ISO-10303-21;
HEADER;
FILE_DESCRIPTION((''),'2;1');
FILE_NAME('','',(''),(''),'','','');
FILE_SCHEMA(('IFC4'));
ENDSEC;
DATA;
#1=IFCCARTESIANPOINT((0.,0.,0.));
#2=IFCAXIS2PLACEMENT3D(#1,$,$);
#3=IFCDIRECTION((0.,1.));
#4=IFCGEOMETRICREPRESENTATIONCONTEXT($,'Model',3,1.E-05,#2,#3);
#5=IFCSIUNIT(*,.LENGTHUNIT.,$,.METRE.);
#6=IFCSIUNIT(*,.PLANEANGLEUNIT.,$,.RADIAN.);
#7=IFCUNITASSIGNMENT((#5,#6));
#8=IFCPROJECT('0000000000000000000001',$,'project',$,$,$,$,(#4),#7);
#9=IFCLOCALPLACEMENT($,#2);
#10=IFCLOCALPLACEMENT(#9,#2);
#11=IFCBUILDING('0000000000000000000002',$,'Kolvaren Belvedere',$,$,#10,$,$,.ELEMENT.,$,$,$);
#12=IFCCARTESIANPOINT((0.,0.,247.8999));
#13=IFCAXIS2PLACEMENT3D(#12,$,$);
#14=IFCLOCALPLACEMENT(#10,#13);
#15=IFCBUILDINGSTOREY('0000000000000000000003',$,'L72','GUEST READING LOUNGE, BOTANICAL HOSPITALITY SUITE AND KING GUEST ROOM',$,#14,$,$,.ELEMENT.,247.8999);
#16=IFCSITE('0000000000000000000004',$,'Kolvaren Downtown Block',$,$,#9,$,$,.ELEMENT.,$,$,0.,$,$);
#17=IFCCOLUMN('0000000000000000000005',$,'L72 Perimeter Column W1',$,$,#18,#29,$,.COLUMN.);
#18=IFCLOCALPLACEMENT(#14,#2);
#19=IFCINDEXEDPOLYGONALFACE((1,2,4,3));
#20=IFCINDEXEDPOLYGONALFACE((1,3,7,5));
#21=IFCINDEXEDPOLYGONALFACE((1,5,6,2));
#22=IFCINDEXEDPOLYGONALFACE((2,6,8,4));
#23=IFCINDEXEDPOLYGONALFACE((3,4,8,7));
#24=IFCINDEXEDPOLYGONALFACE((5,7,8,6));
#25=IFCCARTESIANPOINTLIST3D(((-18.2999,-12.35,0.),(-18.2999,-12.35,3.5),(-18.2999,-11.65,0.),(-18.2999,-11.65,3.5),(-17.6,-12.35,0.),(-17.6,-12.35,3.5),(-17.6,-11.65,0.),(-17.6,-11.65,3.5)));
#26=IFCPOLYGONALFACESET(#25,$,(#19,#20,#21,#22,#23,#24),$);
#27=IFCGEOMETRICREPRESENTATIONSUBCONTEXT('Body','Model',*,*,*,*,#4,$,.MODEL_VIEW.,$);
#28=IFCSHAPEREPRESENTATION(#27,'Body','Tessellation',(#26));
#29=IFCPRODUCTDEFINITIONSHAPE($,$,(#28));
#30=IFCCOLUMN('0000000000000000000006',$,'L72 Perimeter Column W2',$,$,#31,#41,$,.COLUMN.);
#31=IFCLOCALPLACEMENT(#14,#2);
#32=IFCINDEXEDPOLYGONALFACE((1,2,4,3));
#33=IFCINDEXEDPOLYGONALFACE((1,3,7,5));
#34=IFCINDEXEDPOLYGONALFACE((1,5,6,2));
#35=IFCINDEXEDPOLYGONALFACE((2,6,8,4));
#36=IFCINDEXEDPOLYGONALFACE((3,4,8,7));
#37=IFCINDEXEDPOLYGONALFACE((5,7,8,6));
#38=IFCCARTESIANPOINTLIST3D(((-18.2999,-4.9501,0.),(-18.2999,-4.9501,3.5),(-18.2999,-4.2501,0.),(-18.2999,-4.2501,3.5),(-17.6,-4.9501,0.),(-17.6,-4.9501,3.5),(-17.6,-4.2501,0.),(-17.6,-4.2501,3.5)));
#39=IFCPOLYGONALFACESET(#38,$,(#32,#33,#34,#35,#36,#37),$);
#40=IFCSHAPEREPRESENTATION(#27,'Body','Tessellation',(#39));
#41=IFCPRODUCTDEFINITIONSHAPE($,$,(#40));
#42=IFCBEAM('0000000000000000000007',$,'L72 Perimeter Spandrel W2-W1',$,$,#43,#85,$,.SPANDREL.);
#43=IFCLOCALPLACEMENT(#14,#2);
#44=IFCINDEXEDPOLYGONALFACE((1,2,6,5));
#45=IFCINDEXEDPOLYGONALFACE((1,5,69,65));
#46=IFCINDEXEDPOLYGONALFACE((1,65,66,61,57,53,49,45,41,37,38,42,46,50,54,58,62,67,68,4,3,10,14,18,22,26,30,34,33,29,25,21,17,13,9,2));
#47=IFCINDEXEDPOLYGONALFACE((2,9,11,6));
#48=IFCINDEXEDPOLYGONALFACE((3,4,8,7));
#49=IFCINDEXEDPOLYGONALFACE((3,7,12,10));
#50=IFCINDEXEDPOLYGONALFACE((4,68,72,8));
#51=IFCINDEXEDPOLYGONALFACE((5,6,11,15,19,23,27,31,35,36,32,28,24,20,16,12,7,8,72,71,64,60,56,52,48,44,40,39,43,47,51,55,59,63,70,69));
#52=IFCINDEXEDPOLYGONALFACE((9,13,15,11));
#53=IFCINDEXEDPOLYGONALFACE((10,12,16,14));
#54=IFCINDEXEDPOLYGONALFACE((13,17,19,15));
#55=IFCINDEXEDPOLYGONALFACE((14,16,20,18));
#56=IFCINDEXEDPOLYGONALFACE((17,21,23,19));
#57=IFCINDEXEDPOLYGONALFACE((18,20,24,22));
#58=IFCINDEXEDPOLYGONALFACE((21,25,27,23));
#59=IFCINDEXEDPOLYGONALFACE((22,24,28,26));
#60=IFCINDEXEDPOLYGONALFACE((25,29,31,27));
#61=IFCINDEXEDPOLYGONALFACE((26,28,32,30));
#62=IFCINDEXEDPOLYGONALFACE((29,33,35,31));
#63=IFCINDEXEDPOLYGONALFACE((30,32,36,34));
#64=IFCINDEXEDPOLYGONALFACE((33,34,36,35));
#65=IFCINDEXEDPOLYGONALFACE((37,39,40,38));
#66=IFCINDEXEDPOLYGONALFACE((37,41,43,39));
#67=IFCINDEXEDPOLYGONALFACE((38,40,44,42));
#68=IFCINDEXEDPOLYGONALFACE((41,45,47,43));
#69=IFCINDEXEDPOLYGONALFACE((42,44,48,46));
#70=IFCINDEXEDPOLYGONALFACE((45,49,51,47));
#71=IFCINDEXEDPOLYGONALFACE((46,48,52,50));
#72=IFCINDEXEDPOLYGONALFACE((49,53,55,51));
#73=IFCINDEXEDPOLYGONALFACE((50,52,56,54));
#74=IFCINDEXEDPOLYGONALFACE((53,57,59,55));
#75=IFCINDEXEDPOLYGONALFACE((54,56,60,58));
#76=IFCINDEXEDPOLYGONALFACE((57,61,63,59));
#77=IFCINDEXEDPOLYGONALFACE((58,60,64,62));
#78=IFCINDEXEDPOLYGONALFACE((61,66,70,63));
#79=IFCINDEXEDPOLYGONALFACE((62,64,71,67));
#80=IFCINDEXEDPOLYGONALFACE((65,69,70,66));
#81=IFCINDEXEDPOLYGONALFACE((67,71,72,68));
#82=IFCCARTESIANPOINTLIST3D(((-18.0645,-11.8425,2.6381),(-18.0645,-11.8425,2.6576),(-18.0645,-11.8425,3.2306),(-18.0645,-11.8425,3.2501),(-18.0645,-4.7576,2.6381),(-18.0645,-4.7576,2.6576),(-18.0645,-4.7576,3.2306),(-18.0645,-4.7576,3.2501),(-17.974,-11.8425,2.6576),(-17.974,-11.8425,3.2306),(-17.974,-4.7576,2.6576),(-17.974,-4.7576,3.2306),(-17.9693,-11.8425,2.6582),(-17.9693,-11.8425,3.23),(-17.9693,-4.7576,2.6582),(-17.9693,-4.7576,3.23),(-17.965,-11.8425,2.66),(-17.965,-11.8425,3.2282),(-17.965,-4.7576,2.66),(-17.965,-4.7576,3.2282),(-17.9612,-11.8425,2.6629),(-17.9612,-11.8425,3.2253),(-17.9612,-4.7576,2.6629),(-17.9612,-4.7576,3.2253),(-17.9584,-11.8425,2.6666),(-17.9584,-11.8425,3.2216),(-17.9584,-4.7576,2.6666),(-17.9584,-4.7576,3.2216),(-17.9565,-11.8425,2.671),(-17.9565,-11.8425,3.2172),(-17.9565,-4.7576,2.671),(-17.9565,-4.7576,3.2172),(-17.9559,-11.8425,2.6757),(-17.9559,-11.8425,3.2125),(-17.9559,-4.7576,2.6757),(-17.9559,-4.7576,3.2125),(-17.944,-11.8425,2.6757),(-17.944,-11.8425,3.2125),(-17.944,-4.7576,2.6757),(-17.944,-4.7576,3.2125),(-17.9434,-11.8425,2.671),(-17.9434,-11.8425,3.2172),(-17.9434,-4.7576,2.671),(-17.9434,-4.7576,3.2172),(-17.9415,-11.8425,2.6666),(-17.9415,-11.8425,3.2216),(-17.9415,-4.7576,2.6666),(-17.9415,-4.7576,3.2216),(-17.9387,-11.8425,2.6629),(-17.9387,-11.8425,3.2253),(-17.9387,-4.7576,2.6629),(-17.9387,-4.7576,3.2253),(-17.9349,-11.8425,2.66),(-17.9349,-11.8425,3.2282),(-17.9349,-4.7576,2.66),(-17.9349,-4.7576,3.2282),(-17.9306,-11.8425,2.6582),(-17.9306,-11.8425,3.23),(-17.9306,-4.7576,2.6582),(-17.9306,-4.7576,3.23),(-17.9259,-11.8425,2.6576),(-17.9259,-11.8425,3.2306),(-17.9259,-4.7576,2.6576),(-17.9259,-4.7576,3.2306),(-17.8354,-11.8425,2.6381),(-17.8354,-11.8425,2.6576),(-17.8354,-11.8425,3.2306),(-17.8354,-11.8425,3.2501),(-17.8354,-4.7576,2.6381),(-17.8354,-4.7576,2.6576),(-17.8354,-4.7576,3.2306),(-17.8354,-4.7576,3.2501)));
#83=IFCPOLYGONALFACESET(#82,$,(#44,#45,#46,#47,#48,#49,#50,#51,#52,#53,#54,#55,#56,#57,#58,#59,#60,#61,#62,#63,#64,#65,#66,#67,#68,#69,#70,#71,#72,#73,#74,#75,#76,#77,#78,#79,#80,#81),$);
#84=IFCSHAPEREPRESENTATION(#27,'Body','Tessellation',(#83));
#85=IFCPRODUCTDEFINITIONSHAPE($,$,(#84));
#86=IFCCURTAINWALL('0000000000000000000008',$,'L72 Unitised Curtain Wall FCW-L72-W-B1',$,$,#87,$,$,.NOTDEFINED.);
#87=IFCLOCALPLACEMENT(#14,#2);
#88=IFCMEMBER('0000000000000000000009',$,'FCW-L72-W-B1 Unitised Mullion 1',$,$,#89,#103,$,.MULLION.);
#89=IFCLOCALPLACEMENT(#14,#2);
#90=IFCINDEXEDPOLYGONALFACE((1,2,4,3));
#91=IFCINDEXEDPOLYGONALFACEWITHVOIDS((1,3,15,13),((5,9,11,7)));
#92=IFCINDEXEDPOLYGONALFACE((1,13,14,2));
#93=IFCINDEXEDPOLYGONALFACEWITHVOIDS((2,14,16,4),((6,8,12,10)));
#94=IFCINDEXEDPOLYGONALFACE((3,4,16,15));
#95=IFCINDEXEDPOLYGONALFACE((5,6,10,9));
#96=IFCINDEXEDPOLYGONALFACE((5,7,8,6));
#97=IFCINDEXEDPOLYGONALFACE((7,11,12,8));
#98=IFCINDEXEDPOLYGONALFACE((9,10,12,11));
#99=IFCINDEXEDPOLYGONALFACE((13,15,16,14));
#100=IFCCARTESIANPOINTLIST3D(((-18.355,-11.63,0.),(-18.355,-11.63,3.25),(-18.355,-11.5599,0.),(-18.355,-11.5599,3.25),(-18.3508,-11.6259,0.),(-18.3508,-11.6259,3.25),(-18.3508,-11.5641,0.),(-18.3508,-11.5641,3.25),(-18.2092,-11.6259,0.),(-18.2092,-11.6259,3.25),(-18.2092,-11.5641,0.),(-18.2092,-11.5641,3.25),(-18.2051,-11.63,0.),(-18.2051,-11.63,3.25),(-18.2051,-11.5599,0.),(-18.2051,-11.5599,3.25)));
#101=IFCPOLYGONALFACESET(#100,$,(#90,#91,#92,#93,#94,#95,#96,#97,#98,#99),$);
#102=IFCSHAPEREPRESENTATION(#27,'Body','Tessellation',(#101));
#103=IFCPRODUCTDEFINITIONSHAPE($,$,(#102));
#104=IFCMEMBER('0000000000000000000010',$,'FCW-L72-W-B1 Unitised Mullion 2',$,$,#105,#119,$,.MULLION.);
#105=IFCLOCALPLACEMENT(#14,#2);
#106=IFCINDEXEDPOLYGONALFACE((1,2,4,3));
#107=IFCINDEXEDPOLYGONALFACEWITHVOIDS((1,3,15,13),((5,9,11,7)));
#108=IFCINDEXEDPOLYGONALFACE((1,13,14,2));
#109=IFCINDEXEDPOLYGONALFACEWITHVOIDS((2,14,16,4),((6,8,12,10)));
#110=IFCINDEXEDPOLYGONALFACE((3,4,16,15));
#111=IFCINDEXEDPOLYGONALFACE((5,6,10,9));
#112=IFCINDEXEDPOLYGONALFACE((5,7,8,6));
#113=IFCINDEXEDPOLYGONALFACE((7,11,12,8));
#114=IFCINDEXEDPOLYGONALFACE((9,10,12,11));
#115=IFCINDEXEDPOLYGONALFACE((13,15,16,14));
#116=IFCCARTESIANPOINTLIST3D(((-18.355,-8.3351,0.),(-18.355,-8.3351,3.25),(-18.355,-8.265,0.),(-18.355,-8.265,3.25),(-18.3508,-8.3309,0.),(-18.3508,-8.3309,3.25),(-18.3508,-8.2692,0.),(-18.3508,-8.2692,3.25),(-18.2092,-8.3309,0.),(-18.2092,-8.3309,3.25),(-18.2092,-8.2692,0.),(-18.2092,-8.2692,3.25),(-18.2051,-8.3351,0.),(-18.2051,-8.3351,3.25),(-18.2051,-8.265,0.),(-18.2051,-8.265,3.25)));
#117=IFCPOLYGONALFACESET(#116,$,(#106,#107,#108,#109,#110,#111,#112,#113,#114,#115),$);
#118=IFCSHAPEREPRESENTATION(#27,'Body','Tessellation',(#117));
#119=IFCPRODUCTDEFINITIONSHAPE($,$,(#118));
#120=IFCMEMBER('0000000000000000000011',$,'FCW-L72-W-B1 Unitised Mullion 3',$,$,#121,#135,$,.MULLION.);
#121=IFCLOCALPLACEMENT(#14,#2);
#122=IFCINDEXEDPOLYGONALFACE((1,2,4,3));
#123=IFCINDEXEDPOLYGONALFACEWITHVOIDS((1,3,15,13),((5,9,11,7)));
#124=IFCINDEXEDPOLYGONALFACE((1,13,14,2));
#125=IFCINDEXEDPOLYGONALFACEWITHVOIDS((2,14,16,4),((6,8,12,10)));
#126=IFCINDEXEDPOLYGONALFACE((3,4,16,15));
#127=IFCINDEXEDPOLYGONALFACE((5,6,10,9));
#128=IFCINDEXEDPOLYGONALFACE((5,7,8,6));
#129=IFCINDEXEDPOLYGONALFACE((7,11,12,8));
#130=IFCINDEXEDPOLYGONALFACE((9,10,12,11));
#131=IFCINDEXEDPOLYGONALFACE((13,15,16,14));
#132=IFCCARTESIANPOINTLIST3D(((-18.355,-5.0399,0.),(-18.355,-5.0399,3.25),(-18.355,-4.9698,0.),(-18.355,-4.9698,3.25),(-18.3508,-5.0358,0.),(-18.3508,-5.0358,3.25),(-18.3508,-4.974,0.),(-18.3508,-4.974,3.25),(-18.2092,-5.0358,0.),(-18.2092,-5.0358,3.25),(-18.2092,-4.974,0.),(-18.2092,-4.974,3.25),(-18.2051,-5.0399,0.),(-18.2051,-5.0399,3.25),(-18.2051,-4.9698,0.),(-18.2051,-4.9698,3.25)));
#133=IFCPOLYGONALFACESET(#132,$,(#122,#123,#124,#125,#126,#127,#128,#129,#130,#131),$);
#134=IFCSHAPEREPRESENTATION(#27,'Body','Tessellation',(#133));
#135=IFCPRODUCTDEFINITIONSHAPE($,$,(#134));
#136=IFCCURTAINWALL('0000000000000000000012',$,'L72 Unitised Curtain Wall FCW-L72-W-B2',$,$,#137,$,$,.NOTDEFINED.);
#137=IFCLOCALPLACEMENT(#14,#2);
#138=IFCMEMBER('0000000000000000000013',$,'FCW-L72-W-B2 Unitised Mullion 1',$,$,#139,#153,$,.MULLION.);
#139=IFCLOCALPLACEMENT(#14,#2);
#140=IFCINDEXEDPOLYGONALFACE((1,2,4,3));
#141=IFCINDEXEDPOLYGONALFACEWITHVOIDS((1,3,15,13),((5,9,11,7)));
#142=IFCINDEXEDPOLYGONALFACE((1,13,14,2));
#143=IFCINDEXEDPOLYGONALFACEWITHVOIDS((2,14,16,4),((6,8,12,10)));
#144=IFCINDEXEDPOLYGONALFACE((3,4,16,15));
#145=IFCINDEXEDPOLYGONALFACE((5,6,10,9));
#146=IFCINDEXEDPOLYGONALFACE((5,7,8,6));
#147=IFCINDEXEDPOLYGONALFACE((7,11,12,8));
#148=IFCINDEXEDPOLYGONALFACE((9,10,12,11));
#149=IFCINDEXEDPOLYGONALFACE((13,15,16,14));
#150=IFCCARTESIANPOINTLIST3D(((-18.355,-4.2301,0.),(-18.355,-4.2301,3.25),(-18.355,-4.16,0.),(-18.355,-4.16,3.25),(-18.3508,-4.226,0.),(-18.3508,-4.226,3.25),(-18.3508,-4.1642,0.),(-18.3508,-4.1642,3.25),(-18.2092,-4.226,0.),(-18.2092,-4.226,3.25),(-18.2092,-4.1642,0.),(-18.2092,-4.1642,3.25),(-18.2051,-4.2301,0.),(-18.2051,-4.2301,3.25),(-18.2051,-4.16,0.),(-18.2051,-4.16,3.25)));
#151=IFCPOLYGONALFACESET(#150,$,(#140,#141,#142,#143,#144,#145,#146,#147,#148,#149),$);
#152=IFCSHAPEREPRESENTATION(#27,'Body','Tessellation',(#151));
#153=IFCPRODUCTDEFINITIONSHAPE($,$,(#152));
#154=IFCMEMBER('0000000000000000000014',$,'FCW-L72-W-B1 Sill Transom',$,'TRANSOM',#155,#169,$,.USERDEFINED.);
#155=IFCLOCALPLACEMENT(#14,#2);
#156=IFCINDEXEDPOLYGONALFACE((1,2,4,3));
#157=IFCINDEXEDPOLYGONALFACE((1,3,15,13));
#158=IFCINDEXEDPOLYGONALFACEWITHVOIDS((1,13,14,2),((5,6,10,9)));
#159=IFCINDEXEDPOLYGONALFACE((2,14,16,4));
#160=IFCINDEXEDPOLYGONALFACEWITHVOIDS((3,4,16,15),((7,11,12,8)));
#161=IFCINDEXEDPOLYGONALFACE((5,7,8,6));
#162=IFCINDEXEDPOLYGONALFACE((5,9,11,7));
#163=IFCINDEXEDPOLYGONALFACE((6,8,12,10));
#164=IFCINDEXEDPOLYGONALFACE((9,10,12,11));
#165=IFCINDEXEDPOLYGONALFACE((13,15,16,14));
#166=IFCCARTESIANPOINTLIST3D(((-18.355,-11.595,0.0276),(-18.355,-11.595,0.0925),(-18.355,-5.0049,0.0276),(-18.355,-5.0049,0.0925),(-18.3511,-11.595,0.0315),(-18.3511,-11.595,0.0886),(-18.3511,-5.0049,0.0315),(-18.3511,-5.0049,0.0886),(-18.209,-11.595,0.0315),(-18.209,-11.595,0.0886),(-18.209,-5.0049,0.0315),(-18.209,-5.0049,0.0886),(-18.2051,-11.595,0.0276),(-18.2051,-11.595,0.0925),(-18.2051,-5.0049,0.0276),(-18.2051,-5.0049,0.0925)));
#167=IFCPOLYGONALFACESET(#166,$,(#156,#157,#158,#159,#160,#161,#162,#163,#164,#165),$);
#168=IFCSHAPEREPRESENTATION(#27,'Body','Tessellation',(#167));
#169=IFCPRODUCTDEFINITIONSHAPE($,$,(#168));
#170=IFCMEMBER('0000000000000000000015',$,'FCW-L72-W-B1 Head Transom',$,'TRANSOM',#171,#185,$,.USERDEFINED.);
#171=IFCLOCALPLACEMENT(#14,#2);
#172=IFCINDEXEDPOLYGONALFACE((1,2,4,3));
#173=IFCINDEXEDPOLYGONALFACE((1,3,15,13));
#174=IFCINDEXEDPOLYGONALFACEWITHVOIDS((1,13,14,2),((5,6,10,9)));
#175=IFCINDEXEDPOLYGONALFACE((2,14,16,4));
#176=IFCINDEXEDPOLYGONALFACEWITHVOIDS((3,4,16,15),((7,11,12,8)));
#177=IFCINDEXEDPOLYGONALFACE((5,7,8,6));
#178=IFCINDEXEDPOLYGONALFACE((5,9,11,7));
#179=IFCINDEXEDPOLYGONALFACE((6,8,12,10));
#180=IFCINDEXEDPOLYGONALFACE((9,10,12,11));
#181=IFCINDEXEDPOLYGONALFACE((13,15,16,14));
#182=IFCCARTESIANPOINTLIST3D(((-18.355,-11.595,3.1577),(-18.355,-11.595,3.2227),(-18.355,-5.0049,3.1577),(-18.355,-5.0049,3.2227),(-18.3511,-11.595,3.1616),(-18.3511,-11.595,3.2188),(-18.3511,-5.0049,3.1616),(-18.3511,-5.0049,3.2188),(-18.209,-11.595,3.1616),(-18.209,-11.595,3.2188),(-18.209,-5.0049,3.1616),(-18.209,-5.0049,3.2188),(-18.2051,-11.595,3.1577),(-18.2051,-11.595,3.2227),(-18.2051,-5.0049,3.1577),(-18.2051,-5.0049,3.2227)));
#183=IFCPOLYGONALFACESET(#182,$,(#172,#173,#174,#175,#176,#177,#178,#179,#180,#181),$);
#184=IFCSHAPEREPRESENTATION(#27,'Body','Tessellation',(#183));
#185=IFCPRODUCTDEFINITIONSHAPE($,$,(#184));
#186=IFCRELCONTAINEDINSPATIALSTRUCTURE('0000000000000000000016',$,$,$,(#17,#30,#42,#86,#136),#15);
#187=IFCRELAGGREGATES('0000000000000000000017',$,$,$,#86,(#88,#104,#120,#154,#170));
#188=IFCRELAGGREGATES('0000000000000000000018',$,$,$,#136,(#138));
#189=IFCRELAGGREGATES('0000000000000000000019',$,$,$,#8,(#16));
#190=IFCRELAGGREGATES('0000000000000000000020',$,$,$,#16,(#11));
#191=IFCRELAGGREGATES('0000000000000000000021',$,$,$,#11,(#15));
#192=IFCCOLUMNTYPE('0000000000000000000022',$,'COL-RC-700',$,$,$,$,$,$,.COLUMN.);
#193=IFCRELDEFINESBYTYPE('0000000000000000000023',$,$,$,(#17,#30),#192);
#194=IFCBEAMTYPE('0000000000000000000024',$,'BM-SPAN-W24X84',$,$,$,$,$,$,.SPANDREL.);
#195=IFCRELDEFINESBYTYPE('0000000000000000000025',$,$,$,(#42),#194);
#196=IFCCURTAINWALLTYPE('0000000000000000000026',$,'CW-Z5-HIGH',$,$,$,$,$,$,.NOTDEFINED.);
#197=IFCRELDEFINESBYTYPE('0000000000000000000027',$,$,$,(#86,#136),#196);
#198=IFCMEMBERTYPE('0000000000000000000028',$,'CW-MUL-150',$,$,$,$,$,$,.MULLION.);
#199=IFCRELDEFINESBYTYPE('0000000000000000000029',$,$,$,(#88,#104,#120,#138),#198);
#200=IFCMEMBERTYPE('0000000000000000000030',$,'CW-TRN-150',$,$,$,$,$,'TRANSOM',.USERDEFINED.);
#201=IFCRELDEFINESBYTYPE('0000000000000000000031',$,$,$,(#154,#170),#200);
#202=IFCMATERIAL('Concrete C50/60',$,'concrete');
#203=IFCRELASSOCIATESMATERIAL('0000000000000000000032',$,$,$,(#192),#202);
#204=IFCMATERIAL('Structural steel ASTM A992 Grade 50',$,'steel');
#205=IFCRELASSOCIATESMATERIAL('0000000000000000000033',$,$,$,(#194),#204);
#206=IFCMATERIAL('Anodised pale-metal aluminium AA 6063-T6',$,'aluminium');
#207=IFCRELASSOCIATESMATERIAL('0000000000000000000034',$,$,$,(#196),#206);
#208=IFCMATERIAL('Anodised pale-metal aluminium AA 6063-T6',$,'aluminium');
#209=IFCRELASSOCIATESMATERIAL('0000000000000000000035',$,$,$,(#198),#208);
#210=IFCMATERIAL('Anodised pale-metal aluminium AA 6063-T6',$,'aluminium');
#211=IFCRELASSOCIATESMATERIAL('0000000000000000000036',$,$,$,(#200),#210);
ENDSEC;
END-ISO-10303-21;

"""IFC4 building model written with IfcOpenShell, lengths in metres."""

from ifc_helpers import new_model, si_unit, direction, frame, origin, origin_2d, place, context, subcontext, project, spatial, rectangle, hollow_rectangle, i_section, extrude, material, material_profile, profile_set, type_object, element, aggregate, save


model = new_model("IFC4")

# Units and contexts
model_context = context("Model", 3, precision=1e-05, world=origin(), true_north=direction((0.0, 1.0)))
body_context = subcontext(model_context, "Body", "Model", "MODEL_VIEW")
ifc_project = project(units=[si_unit("LENGTHUNIT", "METRE"), si_unit("PLANEANGLEUNIT", "RADIAN")], contexts=[model_context])

# Site, building, storey
site_placement = place(None, origin())
site = spatial("IfcSite", under=ifc_project, at=site_placement, Name="Kolvaren Downtown Block", CompositionType="ELEMENT", RefElevation=0.0)
building_placement = place(site_placement, origin())
building = spatial("IfcBuilding", under=site, at=building_placement, Name="Kolvaren Belvedere", CompositionType="ELEMENT")
storey_placement = place(building_placement, frame((0.0, 0.0, 247.8999)))
storey = spatial("IfcBuildingStorey", under=building, at=storey_placement, Name="L72", Description="GUEST READING LOUNGE, BOTANICAL HOSPITALITY SUITE AND KING GUEST ROOM", CompositionType="ELEMENT", Elevation=247.8999)

# Columns
ifc_material_1 = material(Name="Concrete C50/60", Category="concrete")
ifc_material_profile_1 = material_profile(ifc_material_1, rectangle(XDim=0.7, YDim=0.7, at=origin_2d()), Name="RC 700X700")
ifc_profile_set_1 = profile_set([ifc_material_profile_1], Name="Concrete C50/60")
column_type = type_object("IfcColumnType", Name="COL-RC-700", PredefinedType="COLUMN", material=ifc_profile_set_1)
for number, where, z_axis, x_axis, name in (
    (1, (-17.95, -12.0, 0.0), (0.0, 0.0, 1.0), (1.0, 0.0, 0.0), "L72 Perimeter Column W1"),
    (2, (-17.95, -4.6001, 0.0), (0.0, 0.0, 1.0), (1.0, 0.0, 0.0), "L72 Perimeter Column W2"),
):
    element("IfcColumn", number, at=place(storey_placement, frame(where, z_axis=z_axis, x_axis=x_axis)), inside=storey, type_object=column_type, Name=name, PredefinedType="COLUMN", context=body_context, shape_type="SweptSolid", body=[
        extrude(rectangle(XDim=0.7, YDim=0.7, at=origin_2d()), origin(), (0.0, 0.0, 1.0), 3.5),
    ])

# Beam
ifc_material_2 = material(Name="Structural steel ASTM A992 Grade 50", Category="steel")
ifc_material_profile_2 = material_profile(ifc_material_2, i_section(OverallWidth=0.229, OverallDepth=0.6121, WebThickness=0.012, FlangeThickness=0.0195, FilletRadius=0.0181, at=origin_2d()), Name="W24X84")
ifc_profile_set_2 = profile_set([ifc_material_profile_2], Name="Structural steel ASTM A992 Grade 50")
beam_type = type_object("IfcBeamType", Name="BM-SPAN-W24X84", PredefinedType="SPANDREL", material=ifc_profile_set_2)
beam_placement = place(storey_placement, frame((-17.95, -4.7576, 2.9441), z_axis=(0.0, -1.0, 0.0), x_axis=(1.0, 0.0, 0.0)))
element("IfcBeam", 3, at=beam_placement, inside=storey, type_object=beam_type, Name="L72 Perimeter Spandrel W2-W1", PredefinedType="SPANDREL", context=body_context, shape_type="SweptSolid", body=[
    extrude(i_section(OverallWidth=0.229, OverallDepth=0.6121, WebThickness=0.012, FlangeThickness=0.0195, FilletRadius=0.0181, at=origin_2d()), origin(), (0.0, 0.0, 1.0), 7.085),
])

# Curtain wall, members
ifc_material_3 = material(Name="Anodised pale-metal aluminium AA 6063-T6", Category="aluminium")
curtain_wall_type = type_object("IfcCurtainWallType", Name="CW-Z5-HIGH", PredefinedType="NOTDEFINED", material=ifc_material_3)
curtain_wall_1_placement = place(storey_placement, origin())
curtain_wall_1 = element("IfcCurtainWall", 4, at=curtain_wall_1_placement, inside=storey, type_object=curtain_wall_type, Name="L72 Unitised Curtain Wall FCW-L72-W-B1", PredefinedType="NOTDEFINED")
ifc_material_4 = material(Name="Anodised pale-metal aluminium AA 6063-T6", Category="aluminium")
ifc_material_profile_3 = material_profile(ifc_material_4, hollow_rectangle(XDim=0.0701, YDim=0.1499, WallThickness=0.0042, at=origin_2d()), Name="ALU-MUL-150X70")
ifc_profile_set_3 = profile_set([ifc_material_profile_3], Name="Anodised pale-metal aluminium AA 6063-T6")
member_type_1 = type_object("IfcMemberType", Name="CW-MUL-150", PredefinedType="MULLION", material=ifc_profile_set_3)
member_1_placement = place(storey_placement, frame((-18.28, -11.595, 0.0), z_axis=(0.0, 0.0, 1.0), x_axis=(0.0, 1.0, 0.0)))
member_1 = element("IfcMember", 5, at=member_1_placement, type_object=member_type_1, Name="FCW-L72-W-B1 Unitised Mullion 1", PredefinedType="MULLION", context=body_context, shape_type="SweptSolid", body=[
    extrude(hollow_rectangle(XDim=0.0701, YDim=0.1499, WallThickness=0.0042, at=origin_2d()), origin(), (0.0, 0.0, 1.0), 3.25),
])
member_2_placement = place(storey_placement, frame((-18.28, -8.3, 0.0), z_axis=(0.0, 0.0, 1.0), x_axis=(0.0, 1.0, 0.0)))
member_2 = element("IfcMember", 6, at=member_2_placement, type_object=member_type_1, Name="FCW-L72-W-B1 Unitised Mullion 2", PredefinedType="MULLION", context=body_context, shape_type="SweptSolid", body=[
    extrude(hollow_rectangle(XDim=0.0701, YDim=0.1499, WallThickness=0.0042, at=origin_2d()), origin(), (0.0, 0.0, 1.0), 3.25),
])
member_3_placement = place(storey_placement, frame((-18.28, -5.0049, 0.0), z_axis=(0.0, 0.0, 1.0), x_axis=(0.0, 1.0, 0.0)))
member_3 = element("IfcMember", 7, at=member_3_placement, type_object=member_type_1, Name="FCW-L72-W-B1 Unitised Mullion 3", PredefinedType="MULLION", context=body_context, shape_type="SweptSolid", body=[
    extrude(hollow_rectangle(XDim=0.0701, YDim=0.1499, WallThickness=0.0042, at=origin_2d()), origin(), (0.0, 0.0, 1.0), 3.25),
])

# Curtain wall, member
curtain_wall_2_placement = place(storey_placement, origin())
curtain_wall_2 = element("IfcCurtainWall", 8, at=curtain_wall_2_placement, inside=storey, type_object=curtain_wall_type, Name="L72 Unitised Curtain Wall FCW-L72-W-B2", PredefinedType="NOTDEFINED")
member_4_placement = place(storey_placement, frame((-18.28, -4.1951, 0.0), z_axis=(0.0, 0.0, 1.0), x_axis=(0.0, 1.0, 0.0)))
member_4 = element("IfcMember", 9, at=member_4_placement, type_object=member_type_1, Name="FCW-L72-W-B2 Unitised Mullion 1", PredefinedType="MULLION", context=body_context, shape_type="SweptSolid", body=[
    extrude(hollow_rectangle(XDim=0.0701, YDim=0.1499, WallThickness=0.0042, at=origin_2d()), origin(), (0.0, 0.0, 1.0), 3.25),
])

# Members
ifc_material_5 = material(Name="Anodised pale-metal aluminium AA 6063-T6", Category="aluminium")
ifc_material_profile_4 = material_profile(ifc_material_5, hollow_rectangle(XDim=0.0649, YDim=0.1499, WallThickness=0.0039, at=origin_2d()), Name="ALU-TRN-150X65")
ifc_profile_set_4 = profile_set([ifc_material_profile_4], Name="Anodised pale-metal aluminium AA 6063-T6")
member_type_2 = type_object("IfcMemberType", Name="CW-TRN-150", ElementType="TRANSOM", PredefinedType="USERDEFINED", material=ifc_profile_set_4)
member_5_placement = place(storey_placement, frame((-18.28, -11.595, 0.0601), z_axis=(0.0, 1.0, 0.0), x_axis=(0.0, 0.0, 1.0)))
member_5 = element("IfcMember", 10, at=member_5_placement, type_object=member_type_2, Name="FCW-L72-W-B1 Sill Transom", ObjectType="TRANSOM", PredefinedType="USERDEFINED", context=body_context, shape_type="SweptSolid", body=[
    extrude(hollow_rectangle(XDim=0.0649, YDim=0.1499, WallThickness=0.0039, at=origin_2d()), origin(), (0.0, 0.0, 1.0), 6.5901),
])
member_6_placement = place(storey_placement, frame((-18.28, -11.595, 3.1902), z_axis=(0.0, 1.0, 0.0), x_axis=(0.0, 0.0, 1.0)))
member_6 = element("IfcMember", 11, at=member_6_placement, type_object=member_type_2, Name="FCW-L72-W-B1 Head Transom", ObjectType="TRANSOM", PredefinedType="USERDEFINED", context=body_context, shape_type="SweptSolid", body=[
    extrude(hollow_rectangle(XDim=0.0649, YDim=0.1499, WallThickness=0.0039, at=origin_2d()), origin(), (0.0, 0.0, 1.0), 6.5901),
])

aggregate(curtain_wall_1, [member_1, member_2, member_3, member_5, member_6])
aggregate(curtain_wall_2, [member_4])

save(model, "model.ifc")
